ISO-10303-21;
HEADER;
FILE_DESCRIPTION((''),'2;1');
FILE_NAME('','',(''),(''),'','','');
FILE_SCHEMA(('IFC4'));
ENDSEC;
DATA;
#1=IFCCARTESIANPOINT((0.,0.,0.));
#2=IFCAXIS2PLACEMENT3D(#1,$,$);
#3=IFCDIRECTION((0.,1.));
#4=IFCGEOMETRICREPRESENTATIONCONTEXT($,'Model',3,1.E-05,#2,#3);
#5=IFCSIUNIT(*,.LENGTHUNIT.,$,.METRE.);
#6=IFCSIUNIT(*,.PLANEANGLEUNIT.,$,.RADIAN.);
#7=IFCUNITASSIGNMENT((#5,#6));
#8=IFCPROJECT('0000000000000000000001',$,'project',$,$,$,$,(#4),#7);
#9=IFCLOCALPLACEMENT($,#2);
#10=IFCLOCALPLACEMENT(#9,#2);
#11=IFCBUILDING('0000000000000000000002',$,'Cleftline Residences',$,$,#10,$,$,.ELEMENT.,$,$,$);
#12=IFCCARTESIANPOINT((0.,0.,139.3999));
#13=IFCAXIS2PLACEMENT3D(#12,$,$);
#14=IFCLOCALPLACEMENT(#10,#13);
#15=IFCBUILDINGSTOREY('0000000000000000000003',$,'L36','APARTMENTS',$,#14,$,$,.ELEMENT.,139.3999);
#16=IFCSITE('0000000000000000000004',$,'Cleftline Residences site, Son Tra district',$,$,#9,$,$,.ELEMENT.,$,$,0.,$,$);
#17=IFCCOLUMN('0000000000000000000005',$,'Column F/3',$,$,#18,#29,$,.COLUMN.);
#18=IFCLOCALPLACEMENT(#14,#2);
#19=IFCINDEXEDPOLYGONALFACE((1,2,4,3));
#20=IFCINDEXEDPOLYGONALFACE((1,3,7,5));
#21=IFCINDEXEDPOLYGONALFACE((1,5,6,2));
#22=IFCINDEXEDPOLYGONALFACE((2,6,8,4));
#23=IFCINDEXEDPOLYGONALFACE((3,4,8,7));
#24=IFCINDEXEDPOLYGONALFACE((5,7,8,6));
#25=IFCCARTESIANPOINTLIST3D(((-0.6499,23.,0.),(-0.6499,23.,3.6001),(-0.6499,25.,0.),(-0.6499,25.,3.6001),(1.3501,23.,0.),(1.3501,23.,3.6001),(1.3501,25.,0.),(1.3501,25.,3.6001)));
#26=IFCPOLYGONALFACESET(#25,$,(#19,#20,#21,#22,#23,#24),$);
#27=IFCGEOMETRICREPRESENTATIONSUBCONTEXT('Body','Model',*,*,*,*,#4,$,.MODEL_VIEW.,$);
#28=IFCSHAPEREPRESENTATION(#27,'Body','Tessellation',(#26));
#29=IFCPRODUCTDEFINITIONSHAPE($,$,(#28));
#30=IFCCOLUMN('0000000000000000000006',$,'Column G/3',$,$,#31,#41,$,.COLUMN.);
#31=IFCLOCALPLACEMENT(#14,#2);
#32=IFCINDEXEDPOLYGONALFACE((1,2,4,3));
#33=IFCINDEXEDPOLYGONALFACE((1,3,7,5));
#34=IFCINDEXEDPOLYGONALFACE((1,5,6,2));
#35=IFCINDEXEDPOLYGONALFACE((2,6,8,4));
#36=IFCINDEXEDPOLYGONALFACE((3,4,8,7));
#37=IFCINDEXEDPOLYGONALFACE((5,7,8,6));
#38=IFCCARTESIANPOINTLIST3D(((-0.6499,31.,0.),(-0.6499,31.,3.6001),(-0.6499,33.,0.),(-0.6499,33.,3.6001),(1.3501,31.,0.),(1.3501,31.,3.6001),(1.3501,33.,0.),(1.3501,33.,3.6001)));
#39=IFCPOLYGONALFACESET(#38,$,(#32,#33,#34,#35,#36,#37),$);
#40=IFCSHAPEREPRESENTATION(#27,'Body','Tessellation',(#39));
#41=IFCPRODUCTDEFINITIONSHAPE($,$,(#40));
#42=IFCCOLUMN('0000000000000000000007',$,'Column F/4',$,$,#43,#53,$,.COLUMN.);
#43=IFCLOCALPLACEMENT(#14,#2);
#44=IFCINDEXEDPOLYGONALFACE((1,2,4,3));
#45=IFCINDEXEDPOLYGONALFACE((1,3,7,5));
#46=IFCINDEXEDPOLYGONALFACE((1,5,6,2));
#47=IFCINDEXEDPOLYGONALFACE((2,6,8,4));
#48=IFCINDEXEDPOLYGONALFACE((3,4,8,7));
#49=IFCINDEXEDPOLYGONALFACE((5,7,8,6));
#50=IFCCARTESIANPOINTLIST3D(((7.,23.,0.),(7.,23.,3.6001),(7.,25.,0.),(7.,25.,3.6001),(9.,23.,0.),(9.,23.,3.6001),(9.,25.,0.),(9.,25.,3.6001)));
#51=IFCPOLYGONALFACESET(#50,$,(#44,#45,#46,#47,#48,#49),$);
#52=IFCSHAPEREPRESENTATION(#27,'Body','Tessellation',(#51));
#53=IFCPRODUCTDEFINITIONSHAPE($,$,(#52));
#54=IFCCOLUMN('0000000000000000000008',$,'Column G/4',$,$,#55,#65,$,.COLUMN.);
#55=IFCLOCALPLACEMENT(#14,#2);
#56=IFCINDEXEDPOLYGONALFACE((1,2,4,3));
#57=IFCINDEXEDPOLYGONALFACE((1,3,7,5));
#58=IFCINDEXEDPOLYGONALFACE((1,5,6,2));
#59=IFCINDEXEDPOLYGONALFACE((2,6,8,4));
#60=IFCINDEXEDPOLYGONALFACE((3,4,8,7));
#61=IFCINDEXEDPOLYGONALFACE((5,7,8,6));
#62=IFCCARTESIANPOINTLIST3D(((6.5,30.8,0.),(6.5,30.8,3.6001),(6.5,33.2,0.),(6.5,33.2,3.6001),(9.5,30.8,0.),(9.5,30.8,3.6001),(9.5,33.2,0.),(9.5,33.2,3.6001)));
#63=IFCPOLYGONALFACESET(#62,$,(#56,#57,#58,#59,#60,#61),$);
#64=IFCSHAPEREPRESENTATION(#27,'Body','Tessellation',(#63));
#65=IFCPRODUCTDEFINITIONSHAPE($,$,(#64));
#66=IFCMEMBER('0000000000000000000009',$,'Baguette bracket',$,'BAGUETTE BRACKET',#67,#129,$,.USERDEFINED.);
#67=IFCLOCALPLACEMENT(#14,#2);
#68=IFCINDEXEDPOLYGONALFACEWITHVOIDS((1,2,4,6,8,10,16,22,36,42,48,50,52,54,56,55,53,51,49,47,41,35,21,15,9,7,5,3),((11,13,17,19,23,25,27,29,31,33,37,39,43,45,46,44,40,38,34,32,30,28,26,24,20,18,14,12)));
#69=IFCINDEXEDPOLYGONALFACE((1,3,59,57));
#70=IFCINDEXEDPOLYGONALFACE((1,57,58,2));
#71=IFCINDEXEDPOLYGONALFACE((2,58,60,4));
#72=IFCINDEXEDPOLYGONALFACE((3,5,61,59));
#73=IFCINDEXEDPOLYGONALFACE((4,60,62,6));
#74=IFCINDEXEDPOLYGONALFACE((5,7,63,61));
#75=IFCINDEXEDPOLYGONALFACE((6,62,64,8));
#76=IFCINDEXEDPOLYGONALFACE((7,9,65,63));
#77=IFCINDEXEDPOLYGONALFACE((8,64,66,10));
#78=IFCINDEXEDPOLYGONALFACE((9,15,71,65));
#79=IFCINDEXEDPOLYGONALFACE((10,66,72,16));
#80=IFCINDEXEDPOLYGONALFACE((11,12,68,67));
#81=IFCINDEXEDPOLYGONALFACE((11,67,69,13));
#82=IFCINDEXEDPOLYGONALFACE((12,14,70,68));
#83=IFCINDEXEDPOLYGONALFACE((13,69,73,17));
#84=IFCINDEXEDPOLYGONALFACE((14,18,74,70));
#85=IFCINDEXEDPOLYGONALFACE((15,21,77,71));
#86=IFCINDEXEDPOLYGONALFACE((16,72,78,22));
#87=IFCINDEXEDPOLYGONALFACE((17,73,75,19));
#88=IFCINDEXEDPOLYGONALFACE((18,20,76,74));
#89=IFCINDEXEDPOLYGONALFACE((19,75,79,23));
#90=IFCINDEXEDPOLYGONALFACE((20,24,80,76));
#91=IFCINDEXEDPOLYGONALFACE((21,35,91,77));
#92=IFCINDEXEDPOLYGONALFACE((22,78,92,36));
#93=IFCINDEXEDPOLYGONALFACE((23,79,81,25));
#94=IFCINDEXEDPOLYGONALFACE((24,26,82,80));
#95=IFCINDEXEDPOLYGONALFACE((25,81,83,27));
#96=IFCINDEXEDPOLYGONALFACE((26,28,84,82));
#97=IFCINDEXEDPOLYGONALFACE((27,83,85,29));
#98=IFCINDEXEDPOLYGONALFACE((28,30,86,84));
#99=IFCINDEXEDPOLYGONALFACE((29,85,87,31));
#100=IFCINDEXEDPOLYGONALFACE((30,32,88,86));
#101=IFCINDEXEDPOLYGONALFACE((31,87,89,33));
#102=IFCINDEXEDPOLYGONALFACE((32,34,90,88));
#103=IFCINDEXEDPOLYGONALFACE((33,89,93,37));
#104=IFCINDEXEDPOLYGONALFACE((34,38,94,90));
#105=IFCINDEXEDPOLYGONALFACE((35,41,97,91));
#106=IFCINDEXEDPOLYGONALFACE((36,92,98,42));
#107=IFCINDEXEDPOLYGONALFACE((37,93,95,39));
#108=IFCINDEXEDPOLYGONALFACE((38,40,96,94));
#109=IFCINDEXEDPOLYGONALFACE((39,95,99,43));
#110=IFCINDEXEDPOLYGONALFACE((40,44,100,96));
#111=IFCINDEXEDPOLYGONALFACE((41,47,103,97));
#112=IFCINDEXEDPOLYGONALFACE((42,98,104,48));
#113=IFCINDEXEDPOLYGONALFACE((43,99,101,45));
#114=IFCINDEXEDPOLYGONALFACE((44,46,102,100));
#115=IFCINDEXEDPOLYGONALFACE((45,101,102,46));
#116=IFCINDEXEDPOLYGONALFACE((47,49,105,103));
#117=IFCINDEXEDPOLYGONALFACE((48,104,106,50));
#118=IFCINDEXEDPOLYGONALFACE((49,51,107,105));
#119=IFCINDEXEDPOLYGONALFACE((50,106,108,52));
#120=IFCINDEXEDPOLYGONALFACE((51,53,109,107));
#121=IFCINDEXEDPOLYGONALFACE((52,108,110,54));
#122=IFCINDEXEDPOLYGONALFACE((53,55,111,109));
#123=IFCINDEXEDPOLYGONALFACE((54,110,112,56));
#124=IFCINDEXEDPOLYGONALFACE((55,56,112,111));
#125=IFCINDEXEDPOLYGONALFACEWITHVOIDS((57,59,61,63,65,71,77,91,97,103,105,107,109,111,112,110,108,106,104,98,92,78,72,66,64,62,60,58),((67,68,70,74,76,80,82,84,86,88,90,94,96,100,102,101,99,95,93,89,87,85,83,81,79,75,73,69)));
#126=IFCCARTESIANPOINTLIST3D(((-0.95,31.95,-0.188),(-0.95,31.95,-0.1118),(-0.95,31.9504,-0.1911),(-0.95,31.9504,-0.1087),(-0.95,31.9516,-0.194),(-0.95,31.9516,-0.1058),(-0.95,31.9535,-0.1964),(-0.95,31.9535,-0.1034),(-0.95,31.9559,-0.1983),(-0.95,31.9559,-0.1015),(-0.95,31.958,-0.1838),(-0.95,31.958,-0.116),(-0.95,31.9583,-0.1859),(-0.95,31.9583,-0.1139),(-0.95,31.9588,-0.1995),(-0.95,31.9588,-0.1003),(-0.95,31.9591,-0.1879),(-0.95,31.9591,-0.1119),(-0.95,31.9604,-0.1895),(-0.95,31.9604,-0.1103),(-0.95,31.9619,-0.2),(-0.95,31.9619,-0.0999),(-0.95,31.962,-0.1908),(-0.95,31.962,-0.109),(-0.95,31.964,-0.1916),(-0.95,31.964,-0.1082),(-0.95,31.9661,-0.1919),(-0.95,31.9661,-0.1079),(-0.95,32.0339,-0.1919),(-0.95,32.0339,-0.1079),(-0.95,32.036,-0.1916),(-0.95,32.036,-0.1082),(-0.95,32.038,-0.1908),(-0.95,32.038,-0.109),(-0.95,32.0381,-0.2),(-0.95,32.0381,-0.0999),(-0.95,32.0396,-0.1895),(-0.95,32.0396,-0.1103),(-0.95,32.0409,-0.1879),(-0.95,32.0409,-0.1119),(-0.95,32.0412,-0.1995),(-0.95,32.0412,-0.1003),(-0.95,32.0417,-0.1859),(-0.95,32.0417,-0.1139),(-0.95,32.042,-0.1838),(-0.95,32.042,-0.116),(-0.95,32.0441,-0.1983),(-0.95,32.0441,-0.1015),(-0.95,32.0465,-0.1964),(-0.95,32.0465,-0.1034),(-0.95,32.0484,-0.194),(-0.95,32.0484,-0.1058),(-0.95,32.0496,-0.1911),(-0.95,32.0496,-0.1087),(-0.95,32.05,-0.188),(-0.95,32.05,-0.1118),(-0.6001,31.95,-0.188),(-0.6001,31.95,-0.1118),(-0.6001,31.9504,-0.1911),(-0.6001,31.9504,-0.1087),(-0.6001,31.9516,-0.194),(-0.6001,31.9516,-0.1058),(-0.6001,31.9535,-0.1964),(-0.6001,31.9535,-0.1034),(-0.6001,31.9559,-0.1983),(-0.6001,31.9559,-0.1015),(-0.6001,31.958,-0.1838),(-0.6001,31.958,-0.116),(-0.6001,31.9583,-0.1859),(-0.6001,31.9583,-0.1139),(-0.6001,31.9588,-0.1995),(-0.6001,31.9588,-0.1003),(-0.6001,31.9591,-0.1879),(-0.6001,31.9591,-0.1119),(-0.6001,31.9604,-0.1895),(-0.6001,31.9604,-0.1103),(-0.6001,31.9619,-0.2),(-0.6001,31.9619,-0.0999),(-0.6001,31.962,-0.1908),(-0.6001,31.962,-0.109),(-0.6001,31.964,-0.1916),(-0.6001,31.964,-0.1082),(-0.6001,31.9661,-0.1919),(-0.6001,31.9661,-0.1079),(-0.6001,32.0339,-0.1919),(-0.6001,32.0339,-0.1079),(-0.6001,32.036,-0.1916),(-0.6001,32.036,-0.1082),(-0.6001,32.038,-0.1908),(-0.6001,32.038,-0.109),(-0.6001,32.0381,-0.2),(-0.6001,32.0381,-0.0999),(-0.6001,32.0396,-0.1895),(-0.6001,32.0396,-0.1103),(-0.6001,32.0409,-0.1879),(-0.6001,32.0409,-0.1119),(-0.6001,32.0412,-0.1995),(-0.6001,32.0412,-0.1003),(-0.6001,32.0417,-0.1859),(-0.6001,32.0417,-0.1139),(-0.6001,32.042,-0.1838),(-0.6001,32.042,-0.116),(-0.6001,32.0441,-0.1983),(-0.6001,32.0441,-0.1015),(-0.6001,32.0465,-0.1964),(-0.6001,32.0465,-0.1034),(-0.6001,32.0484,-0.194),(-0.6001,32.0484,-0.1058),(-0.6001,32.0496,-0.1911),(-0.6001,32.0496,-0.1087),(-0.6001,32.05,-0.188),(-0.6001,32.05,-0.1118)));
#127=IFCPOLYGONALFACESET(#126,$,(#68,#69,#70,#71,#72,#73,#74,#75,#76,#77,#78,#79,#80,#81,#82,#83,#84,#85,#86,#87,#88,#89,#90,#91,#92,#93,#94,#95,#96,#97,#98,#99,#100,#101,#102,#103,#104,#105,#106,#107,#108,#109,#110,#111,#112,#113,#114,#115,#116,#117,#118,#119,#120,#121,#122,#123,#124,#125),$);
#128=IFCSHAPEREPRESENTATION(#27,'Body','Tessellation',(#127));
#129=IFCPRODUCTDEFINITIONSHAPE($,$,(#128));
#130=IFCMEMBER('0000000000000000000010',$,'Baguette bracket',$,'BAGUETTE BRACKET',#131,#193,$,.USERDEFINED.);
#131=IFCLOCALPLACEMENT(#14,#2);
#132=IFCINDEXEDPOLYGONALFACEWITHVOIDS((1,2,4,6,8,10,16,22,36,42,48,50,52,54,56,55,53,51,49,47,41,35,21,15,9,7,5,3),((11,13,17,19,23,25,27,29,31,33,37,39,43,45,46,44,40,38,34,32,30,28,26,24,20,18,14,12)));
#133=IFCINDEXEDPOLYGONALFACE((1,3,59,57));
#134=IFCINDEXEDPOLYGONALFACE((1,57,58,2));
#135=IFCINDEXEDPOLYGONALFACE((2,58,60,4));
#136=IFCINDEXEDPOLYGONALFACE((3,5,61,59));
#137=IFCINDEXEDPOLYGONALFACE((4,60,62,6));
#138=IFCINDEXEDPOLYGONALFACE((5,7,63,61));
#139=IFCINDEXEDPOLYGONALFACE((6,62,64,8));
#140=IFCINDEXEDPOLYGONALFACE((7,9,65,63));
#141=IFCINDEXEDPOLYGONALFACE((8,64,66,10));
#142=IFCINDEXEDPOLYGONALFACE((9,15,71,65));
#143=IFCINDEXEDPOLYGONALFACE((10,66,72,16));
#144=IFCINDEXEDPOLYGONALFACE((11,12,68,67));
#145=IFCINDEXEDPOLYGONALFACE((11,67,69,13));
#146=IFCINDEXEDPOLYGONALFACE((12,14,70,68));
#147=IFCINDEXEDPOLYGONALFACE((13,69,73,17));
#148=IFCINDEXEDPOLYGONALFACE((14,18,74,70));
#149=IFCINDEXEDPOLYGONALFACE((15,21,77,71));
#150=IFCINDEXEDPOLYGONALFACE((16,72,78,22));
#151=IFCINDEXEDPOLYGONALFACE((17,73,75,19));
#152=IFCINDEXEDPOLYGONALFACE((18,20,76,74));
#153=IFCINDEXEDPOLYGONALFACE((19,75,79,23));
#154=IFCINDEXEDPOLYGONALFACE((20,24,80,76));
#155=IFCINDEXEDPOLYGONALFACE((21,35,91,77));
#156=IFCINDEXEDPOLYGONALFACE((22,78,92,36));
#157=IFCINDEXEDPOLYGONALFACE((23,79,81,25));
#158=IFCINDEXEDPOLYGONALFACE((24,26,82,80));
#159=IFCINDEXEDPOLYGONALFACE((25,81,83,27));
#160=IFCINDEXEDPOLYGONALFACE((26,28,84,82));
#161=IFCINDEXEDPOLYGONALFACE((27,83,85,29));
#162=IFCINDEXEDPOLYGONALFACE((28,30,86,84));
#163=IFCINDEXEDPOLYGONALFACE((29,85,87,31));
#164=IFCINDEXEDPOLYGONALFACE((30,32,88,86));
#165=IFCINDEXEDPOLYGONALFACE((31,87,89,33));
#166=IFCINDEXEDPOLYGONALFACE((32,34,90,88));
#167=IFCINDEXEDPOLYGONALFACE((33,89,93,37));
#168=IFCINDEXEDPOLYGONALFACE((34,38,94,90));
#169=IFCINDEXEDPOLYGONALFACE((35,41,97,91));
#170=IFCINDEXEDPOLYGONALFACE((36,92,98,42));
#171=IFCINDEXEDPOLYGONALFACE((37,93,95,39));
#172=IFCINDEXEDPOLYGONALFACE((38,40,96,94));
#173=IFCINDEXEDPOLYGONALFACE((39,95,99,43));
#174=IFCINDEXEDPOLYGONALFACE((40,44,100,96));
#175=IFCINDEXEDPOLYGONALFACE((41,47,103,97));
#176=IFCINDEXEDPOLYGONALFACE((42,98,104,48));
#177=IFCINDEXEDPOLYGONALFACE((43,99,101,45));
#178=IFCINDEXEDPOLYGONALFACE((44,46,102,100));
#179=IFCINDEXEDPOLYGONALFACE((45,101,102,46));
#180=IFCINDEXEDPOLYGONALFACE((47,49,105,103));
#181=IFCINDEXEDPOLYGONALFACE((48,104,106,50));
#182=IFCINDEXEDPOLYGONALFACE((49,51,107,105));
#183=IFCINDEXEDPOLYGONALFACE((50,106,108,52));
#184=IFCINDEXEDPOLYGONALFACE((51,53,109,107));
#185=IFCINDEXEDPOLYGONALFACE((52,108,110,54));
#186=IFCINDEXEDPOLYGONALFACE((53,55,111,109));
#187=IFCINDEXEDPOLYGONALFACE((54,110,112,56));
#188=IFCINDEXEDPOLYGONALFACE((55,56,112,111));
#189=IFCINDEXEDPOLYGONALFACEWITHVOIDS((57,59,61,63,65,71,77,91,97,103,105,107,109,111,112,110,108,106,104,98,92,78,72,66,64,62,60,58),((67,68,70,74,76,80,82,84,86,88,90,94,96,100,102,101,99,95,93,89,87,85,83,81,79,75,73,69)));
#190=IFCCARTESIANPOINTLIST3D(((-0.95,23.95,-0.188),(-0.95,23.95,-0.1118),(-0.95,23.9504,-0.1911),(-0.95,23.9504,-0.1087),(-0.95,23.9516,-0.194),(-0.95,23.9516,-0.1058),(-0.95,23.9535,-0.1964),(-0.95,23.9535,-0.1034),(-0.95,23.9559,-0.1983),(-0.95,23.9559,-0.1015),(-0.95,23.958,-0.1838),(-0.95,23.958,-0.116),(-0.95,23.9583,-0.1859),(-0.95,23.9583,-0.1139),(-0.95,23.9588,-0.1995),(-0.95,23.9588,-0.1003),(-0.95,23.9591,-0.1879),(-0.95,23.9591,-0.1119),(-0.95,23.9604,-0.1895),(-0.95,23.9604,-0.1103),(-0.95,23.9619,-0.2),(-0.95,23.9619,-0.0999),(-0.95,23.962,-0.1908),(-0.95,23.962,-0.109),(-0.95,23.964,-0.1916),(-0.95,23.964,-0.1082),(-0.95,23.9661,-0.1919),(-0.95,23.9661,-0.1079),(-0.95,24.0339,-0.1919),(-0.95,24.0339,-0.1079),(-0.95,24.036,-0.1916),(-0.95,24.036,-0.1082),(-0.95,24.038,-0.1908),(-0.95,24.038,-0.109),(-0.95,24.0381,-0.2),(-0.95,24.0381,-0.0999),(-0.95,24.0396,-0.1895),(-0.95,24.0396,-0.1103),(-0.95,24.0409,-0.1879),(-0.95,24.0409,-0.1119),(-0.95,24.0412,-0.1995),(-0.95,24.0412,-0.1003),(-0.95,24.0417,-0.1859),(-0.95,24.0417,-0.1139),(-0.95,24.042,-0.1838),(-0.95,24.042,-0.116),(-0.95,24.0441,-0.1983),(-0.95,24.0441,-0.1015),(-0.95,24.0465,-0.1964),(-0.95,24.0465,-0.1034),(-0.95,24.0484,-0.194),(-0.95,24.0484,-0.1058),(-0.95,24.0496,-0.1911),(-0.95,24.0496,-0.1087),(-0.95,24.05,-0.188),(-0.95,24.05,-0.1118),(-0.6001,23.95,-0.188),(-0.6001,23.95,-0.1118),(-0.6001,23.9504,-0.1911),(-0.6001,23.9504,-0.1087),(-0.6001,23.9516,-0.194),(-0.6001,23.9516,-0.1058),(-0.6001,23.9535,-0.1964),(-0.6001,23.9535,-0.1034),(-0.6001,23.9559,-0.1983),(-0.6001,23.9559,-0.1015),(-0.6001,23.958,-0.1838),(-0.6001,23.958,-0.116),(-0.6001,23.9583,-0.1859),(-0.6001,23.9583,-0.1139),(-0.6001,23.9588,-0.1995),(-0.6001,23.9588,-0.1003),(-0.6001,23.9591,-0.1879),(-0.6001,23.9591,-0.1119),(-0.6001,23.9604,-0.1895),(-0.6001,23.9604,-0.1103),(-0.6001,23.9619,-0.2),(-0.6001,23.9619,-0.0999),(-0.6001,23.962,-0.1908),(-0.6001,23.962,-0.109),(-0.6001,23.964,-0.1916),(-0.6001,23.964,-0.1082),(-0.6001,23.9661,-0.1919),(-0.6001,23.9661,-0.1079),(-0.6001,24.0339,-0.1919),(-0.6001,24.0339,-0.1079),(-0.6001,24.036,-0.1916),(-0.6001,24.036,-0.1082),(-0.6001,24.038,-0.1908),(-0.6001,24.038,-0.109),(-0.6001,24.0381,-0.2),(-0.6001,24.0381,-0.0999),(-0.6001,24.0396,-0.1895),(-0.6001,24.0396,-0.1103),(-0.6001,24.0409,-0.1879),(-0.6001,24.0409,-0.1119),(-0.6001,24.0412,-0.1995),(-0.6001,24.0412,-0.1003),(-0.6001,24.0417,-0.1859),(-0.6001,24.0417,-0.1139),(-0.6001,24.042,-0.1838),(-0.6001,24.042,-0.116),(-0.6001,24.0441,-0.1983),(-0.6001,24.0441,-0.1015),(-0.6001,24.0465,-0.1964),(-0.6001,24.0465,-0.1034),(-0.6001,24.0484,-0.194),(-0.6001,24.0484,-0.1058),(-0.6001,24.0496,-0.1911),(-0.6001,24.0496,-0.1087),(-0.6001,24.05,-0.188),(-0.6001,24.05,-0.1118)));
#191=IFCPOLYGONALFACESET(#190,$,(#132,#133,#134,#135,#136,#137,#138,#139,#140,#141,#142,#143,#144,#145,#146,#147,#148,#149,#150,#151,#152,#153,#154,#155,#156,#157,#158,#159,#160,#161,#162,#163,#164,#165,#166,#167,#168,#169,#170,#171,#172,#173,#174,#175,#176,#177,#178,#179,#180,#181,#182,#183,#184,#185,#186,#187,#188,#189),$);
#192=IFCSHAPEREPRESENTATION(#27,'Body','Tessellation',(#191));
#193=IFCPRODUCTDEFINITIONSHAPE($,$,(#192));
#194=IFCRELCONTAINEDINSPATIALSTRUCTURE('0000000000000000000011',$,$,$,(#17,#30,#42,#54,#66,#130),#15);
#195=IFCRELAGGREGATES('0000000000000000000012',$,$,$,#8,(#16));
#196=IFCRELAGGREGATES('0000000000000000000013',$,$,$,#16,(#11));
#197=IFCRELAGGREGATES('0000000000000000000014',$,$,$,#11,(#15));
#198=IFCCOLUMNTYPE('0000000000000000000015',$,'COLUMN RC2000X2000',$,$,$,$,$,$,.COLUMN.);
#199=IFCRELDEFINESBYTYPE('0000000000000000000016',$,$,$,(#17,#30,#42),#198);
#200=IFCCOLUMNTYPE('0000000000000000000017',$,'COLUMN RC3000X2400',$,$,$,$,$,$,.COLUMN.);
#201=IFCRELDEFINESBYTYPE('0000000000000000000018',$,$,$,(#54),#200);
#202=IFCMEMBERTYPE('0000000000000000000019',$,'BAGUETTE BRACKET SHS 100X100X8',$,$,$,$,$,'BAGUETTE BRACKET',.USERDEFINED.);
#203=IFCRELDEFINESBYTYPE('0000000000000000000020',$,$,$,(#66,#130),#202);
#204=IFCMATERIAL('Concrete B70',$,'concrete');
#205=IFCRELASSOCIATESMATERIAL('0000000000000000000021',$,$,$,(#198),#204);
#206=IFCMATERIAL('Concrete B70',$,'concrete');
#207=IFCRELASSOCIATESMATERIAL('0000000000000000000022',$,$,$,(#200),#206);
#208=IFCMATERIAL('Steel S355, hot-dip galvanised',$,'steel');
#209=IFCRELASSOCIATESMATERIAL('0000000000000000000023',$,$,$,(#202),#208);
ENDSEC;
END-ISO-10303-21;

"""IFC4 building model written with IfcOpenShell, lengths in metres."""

from ifc_helpers import new_model, si_unit, direction, frame, origin, origin_2d, place, context, subcontext, project, spatial, rectangle, hollow_rectangle, extrude, material, material_profile, profile_set, type_object, element, save


model = new_model("IFC4")

# Units and contexts
model_context = context("Model", 3, precision=1e-05, world=origin(), true_north=direction((0.0, 1.0)))
body_context = subcontext(model_context, "Body", "Model", "MODEL_VIEW")
ifc_project = project(units=[si_unit("LENGTHUNIT", "METRE"), si_unit("PLANEANGLEUNIT", "RADIAN")], contexts=[model_context])

# Site, building, storey
site_placement = place(None, origin())
site = spatial("IfcSite", under=ifc_project, at=site_placement, Name="Cleftline Residences site, Son Tra district", CompositionType="ELEMENT", RefElevation=0.0)
building_placement = place(site_placement, origin())
building = spatial("IfcBuilding", under=site, at=building_placement, Name="Cleftline Residences", CompositionType="ELEMENT")
storey_placement = place(building_placement, frame((0.0, 0.0, 139.3999)))
storey = spatial("IfcBuildingStorey", under=building, at=storey_placement, Name="L36", Description="APARTMENTS", CompositionType="ELEMENT", Elevation=139.3999)

# Columns
ifc_material_1 = material(Name="Concrete B70", Category="concrete")
ifc_material_profile_1 = material_profile(ifc_material_1, rectangle(XDim=2.0, YDim=2.0, at=origin_2d()))
ifc_profile_set_1 = profile_set([ifc_material_profile_1], Name="Concrete B70")
column_type_1 = type_object("IfcColumnType", Name="COLUMN RC2000X2000", PredefinedType="COLUMN", material=ifc_profile_set_1)
for number, where, z_axis, x_axis, name in (
    (1, (0.3501, 24.0, 0.0), (0.0, 0.0, 1.0), (1.0, 0.0, 0.0), "Column F/3"),
    (2, (0.3501, 32.0, 0.0), (0.0, 0.0, 1.0), (1.0, 0.0, 0.0), "Column G/3"),
    (3, (8.0, 24.0, 0.0), (0.0, 0.0, 1.0), (1.0, 0.0, 0.0), "Column F/4"),
):
    element("IfcColumn", number, at=place(storey_placement, frame(where, z_axis=z_axis, x_axis=x_axis)), inside=storey, type_object=column_type_1, Name=name, PredefinedType="COLUMN", context=body_context, shape_type="SweptSolid", body=[
        extrude(rectangle(XDim=2.0, YDim=2.0, at=origin_2d()), origin(), (0.0, 0.0, 1.0), 3.6001),
    ])
ifc_material_2 = material(Name="Concrete B70", Category="concrete")
ifc_material_profile_2 = material_profile(ifc_material_2, rectangle(XDim=3.0, YDim=2.3999, at=origin_2d()))
ifc_profile_set_2 = profile_set([ifc_material_profile_2], Name="Concrete B70")
column_type_2 = type_object("IfcColumnType", Name="COLUMN RC3000X2400", PredefinedType="COLUMN", material=ifc_profile_set_2)
column_placement = place(storey_placement, frame((8.0, 32.0, 0.0), z_axis=(0.0, 0.0, 1.0), x_axis=(1.0, 0.0, 0.0)))
element("IfcColumn", 4, at=column_placement, inside=storey, type_object=column_type_2, Name="Column G/4", PredefinedType="COLUMN", context=body_context, shape_type="SweptSolid", body=[
    extrude(rectangle(XDim=3.0, YDim=2.3999, at=origin_2d()), origin(), (0.0, 0.0, 1.0), 3.6001),
])

# Members
ifc_material_3 = material(Name="Steel S355, hot-dip galvanised", Category="steel")
ifc_material_profile_3 = material_profile(ifc_material_3, hollow_rectangle(XDim=0.1001, YDim=0.1001, WallThickness=0.0081, InnerFilletRadius=0.0081, OuterFilletRadius=0.012, at=origin_2d()))
ifc_profile_set_3 = profile_set([ifc_material_profile_3], Name="Steel S355, hot-dip galvanised")
member_type_1 = type_object("IfcMemberType", Name="BAGUETTE BRACKET SHS 100X100X8", ElementType="BAGUETTE BRACKET", PredefinedType="USERDEFINED", material=ifc_profile_set_3)
for number, where, z_axis, x_axis, name in (
    (5, (-0.6001, 32.0, -0.1499), (-1.0, 0.0, 0.0), (0.0, -1.0, 0.0), "Baguette bracket"),
    (6, (-0.6001, 24.0, -0.1499), (-1.0, 0.0, 0.0), (0.0, -1.0, 0.0), "Baguette bracket"),
):
    element("IfcMember", number, at=place(storey_placement, frame(where, z_axis=z_axis, x_axis=x_axis)), inside=storey, type_object=member_type_1, Name=name, ObjectType="BAGUETTE BRACKET", PredefinedType="USERDEFINED", context=body_context, shape_type="SweptSolid", body=[
        extrude(hollow_rectangle(XDim=0.1001, YDim=0.1001, WallThickness=0.0081, InnerFilletRadius=0.0081, OuterFilletRadius=0.012, at=origin_2d()), origin(), (0.0, 0.0, 1.0), 0.3499),
    ])

save(model, "model.ifc")
